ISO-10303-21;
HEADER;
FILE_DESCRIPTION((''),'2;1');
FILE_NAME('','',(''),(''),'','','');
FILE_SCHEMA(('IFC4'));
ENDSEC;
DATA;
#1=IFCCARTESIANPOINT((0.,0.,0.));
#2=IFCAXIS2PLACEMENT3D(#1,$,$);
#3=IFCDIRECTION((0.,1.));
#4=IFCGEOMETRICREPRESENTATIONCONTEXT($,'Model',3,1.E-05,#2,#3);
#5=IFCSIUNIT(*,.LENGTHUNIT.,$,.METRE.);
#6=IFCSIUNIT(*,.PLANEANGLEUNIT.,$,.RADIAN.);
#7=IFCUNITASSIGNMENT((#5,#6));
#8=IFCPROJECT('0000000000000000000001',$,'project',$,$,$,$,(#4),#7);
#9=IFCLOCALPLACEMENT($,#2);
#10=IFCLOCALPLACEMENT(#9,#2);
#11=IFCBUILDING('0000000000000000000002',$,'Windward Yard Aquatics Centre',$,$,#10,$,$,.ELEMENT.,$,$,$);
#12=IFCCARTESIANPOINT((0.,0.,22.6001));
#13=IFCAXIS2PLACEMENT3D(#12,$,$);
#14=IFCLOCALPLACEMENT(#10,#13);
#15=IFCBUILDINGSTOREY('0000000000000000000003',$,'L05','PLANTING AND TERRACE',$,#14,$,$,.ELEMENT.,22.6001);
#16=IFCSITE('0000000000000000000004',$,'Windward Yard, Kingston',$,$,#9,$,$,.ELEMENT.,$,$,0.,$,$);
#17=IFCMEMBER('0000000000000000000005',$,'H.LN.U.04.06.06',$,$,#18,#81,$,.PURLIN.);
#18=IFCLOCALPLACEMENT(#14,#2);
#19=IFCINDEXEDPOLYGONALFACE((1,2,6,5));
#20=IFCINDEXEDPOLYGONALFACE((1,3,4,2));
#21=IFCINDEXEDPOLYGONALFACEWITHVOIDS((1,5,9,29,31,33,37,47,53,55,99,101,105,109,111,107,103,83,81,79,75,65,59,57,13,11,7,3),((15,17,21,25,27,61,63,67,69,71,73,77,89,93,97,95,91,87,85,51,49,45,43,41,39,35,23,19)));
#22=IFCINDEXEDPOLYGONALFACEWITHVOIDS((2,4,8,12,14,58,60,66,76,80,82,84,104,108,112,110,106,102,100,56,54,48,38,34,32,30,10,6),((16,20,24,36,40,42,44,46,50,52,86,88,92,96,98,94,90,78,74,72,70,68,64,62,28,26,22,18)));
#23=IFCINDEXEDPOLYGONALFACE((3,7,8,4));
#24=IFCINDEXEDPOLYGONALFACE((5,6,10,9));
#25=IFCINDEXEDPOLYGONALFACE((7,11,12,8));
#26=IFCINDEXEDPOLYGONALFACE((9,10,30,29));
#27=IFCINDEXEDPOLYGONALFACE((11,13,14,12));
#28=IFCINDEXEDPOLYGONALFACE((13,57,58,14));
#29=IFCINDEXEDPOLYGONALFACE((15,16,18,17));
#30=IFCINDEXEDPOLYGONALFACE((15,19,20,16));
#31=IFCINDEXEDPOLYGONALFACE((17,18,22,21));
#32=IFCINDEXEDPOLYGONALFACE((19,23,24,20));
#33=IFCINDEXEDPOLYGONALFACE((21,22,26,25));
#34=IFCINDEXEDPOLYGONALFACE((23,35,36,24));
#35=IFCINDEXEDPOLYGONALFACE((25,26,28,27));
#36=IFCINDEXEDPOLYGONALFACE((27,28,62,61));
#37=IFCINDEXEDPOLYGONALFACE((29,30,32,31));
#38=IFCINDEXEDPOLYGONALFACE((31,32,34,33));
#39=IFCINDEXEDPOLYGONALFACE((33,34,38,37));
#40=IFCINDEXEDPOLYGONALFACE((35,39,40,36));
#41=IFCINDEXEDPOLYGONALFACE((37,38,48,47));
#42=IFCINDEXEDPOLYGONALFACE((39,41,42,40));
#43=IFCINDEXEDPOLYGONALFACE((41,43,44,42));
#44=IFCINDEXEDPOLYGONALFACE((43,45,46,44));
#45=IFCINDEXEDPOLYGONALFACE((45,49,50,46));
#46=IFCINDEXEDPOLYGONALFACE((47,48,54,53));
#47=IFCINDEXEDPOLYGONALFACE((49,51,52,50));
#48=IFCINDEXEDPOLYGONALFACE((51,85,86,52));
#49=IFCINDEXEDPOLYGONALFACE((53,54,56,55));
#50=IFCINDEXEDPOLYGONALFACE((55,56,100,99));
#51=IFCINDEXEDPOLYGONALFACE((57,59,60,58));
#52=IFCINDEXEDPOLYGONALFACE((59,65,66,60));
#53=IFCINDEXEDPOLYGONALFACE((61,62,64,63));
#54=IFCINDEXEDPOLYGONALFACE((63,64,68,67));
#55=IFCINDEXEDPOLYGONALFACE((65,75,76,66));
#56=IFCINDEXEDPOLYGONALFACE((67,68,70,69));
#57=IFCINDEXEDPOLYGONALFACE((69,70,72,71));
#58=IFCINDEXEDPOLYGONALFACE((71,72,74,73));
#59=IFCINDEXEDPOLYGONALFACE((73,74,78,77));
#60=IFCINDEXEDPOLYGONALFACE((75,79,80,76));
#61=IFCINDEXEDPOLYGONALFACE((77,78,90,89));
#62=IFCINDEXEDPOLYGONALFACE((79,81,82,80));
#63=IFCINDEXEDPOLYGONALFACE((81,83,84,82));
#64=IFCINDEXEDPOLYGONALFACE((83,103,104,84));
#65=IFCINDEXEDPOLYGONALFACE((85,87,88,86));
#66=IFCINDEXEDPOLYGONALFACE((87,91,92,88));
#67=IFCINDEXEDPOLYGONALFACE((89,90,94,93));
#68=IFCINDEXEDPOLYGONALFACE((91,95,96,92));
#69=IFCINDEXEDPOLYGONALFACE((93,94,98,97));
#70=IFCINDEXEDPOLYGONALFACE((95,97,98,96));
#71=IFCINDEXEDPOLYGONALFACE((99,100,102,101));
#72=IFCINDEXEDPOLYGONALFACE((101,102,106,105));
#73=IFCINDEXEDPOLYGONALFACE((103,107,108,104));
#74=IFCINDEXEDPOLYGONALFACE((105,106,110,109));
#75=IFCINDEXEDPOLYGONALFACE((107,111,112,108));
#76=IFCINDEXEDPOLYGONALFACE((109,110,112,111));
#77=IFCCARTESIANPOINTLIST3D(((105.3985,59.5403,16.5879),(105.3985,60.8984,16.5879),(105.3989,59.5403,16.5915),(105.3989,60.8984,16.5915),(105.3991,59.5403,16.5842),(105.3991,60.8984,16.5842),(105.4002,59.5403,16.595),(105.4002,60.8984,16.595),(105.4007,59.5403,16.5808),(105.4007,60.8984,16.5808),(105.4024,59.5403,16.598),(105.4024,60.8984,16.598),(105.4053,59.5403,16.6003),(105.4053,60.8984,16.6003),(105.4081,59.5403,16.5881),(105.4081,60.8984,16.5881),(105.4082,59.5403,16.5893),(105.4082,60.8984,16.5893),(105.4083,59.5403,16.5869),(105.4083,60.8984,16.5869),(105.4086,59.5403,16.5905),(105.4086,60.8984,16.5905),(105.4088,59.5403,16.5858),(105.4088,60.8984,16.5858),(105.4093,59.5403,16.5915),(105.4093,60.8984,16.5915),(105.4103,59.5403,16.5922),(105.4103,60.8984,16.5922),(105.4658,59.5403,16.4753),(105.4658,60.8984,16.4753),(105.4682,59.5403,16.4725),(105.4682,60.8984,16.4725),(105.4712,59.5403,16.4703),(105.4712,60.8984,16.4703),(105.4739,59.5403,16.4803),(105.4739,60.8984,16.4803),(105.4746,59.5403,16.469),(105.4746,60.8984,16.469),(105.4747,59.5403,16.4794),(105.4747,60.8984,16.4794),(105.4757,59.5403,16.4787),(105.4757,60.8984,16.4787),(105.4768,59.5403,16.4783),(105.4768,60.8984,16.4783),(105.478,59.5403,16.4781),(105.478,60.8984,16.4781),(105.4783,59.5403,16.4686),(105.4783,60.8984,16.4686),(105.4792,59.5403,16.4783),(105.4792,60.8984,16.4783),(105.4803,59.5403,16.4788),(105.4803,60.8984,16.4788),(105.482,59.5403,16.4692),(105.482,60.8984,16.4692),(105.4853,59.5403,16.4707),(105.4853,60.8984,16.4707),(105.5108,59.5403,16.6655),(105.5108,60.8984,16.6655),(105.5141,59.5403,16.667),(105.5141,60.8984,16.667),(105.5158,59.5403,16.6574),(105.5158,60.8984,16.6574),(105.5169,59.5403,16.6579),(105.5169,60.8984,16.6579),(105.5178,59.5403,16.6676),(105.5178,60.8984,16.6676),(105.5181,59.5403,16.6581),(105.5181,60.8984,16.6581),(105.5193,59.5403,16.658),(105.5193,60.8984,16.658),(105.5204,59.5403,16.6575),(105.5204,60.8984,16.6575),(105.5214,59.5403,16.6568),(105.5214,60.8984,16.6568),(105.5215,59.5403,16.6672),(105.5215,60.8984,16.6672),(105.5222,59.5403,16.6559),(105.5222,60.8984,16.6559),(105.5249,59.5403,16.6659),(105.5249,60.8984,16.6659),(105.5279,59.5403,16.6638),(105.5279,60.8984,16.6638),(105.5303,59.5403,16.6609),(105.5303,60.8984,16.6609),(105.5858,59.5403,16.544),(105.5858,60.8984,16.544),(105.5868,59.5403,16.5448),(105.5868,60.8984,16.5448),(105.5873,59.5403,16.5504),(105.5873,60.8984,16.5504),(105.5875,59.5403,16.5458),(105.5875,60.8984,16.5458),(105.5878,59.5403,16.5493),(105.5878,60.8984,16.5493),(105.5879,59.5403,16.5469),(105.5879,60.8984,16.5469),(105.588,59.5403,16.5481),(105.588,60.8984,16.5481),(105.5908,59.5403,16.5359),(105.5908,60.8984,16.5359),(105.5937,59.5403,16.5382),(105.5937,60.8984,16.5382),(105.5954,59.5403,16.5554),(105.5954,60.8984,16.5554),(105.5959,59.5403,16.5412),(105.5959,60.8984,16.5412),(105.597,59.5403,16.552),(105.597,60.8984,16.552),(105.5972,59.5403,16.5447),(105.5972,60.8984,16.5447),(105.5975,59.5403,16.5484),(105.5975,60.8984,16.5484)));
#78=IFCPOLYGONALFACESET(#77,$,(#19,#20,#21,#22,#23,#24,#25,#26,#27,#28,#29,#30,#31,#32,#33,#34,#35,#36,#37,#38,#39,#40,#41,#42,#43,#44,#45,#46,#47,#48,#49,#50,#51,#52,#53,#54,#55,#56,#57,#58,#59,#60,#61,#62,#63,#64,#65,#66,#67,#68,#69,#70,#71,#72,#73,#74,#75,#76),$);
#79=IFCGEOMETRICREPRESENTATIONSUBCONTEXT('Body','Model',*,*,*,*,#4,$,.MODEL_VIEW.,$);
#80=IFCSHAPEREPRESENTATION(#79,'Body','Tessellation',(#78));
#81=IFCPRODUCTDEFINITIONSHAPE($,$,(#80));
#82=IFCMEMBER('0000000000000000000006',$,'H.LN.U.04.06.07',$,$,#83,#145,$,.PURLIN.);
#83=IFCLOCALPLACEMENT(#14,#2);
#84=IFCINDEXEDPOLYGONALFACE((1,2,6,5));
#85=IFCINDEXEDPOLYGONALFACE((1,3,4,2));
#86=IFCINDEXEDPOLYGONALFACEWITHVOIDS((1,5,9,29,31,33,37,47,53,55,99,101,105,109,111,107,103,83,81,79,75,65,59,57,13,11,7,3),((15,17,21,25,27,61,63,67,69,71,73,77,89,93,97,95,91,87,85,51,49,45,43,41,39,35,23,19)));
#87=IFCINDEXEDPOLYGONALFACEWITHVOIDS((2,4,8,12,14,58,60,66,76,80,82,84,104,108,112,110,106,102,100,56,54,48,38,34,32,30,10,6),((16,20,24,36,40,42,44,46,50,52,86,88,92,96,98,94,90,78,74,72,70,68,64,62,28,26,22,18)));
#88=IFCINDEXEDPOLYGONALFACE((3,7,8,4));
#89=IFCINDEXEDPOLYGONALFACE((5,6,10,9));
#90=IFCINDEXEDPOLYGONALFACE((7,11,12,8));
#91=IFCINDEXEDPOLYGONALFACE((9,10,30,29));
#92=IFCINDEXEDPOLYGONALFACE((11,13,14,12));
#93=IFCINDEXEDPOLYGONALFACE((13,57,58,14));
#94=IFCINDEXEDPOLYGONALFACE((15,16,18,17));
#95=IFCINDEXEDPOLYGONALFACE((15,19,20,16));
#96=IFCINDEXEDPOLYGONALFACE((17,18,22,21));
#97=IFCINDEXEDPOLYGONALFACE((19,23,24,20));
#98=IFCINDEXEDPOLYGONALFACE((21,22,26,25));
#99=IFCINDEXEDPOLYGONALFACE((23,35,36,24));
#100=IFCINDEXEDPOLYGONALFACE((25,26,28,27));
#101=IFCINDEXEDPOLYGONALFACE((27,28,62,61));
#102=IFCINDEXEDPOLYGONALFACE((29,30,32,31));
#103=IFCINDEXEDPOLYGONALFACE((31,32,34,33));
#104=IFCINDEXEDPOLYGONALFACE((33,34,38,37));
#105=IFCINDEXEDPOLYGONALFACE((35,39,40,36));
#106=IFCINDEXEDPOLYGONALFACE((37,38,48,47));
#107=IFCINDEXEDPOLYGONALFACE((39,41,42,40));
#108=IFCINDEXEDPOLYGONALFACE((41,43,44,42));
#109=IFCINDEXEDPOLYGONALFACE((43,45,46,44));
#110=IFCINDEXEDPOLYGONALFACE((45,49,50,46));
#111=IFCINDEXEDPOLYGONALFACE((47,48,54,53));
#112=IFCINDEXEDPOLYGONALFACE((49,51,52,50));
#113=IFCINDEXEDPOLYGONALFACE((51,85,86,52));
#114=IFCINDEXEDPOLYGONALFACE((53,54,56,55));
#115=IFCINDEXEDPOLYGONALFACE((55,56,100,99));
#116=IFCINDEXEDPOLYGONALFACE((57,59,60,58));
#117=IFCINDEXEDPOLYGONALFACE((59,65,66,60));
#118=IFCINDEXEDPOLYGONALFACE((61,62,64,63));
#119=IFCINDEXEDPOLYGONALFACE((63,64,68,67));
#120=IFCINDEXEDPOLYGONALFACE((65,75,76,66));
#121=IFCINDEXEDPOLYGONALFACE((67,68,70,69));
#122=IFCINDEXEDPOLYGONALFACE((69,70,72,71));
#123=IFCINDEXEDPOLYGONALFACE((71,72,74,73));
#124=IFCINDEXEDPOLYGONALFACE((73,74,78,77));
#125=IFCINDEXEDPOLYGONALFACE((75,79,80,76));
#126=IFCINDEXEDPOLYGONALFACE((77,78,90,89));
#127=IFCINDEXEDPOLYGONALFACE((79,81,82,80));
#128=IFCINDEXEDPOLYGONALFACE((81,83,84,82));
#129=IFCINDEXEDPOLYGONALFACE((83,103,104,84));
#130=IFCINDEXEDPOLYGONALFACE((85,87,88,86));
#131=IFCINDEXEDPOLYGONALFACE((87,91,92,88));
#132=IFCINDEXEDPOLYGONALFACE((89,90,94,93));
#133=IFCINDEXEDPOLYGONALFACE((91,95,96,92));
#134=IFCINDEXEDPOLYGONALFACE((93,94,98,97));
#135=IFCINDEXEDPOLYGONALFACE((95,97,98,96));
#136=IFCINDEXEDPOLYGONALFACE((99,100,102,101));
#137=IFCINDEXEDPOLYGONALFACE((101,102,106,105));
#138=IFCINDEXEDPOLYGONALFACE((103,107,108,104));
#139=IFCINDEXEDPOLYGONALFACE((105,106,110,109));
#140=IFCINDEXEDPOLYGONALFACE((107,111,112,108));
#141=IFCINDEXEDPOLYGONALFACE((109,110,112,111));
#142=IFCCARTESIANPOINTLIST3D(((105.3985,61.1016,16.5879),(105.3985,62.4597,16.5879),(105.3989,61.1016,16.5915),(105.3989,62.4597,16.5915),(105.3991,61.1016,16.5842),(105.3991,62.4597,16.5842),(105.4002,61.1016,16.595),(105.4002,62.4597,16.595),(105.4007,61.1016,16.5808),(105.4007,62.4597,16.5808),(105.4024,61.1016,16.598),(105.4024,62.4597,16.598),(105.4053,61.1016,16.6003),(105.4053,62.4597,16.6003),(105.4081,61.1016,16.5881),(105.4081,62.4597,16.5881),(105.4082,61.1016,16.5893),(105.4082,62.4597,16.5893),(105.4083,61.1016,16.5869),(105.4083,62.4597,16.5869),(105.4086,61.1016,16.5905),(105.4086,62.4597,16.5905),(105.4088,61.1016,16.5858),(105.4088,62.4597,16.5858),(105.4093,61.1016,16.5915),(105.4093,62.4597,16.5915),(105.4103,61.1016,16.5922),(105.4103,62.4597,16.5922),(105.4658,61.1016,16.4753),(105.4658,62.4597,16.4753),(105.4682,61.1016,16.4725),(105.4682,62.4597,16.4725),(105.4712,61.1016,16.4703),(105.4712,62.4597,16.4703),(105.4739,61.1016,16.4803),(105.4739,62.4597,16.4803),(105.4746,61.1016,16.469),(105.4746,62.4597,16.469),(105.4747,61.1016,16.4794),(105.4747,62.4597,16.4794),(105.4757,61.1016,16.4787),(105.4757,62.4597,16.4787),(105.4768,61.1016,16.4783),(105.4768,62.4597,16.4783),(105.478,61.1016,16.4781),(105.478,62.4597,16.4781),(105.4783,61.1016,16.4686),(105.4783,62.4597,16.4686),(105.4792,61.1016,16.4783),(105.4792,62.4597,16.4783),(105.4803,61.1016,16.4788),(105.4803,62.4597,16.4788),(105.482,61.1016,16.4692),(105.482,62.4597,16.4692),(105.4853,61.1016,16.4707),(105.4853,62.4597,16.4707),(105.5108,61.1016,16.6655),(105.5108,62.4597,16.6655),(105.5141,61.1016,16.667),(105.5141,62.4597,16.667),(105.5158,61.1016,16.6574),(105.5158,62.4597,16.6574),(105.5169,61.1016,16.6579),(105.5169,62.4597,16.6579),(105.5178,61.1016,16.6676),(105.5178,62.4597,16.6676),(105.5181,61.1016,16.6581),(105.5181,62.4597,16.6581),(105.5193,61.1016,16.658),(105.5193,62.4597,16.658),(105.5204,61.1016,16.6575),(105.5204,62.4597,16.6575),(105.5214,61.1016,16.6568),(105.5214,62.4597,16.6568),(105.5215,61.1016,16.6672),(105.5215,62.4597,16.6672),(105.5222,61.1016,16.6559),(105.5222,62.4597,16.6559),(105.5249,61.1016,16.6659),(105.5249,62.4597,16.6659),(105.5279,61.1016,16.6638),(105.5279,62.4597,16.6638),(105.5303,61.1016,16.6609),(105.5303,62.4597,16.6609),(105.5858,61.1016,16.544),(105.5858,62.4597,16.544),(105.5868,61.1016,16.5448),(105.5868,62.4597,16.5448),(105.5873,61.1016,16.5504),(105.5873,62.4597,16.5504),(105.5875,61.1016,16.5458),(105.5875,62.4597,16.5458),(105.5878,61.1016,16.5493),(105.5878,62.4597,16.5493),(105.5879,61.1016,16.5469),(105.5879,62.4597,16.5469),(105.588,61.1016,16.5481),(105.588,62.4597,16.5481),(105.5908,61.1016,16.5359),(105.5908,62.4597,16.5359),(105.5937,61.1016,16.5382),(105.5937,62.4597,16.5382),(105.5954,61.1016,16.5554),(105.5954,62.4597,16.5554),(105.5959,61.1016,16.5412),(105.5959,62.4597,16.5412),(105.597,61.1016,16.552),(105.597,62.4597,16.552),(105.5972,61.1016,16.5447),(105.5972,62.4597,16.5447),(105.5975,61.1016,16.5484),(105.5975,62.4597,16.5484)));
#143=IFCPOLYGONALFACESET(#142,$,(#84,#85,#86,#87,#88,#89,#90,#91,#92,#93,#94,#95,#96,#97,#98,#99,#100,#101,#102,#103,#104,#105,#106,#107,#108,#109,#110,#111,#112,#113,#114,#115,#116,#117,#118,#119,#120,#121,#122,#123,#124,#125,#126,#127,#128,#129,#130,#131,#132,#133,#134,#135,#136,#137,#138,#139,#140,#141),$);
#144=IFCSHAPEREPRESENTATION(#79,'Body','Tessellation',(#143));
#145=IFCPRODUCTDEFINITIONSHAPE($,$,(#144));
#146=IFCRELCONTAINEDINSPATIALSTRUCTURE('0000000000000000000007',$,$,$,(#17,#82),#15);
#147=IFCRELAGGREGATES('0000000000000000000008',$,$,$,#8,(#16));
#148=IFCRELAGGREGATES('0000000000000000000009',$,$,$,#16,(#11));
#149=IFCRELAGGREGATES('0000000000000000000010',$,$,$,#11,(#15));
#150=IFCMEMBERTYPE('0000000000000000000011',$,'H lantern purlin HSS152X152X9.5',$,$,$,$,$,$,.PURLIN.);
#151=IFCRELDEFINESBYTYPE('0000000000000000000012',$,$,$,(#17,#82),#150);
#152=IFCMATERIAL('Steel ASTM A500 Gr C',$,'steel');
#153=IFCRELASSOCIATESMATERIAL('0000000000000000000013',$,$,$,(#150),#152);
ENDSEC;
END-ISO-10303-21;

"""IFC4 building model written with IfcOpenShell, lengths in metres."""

from ifc_helpers import new_model, si_unit, direction, frame, origin, origin_2d, place, context, subcontext, project, spatial, hollow_rectangle, extrude, material, material_profile, profile_set, type_object, element, save


model = new_model("IFC4")

# Units and contexts
model_context = context("Model", 3, precision=1e-05, world=origin(), true_north=direction((0.0, 1.0)))
body_context = subcontext(model_context, "Body", "Model", "MODEL_VIEW")
ifc_project = project(units=[si_unit("LENGTHUNIT", "METRE"), si_unit("PLANEANGLEUNIT", "RADIAN")], contexts=[model_context])

# Site, building, storey
site_placement = place(None, origin())
site = spatial("IfcSite", under=ifc_project, at=site_placement, Name="Windward Yard, Kingston", CompositionType="ELEMENT", RefElevation=0.0)
building_placement = place(site_placement, origin())
building = spatial("IfcBuilding", under=site, at=building_placement, Name="Windward Yard Aquatics Centre", CompositionType="ELEMENT")
storey_placement = place(building_placement, frame((0.0, 0.0, 22.6001)))
storey = spatial("IfcBuildingStorey", under=building, at=storey_placement, Name="L05", Description="PLANTING AND TERRACE", CompositionType="ELEMENT", Elevation=22.6001)

# Members
ifc_material_1 = material(Name="Steel ASTM A500 Gr C", Category="steel")
ifc_material_profile = material_profile(ifc_material_1, hollow_rectangle(XDim=0.1523, YDim=0.1523, WallThickness=0.0095, InnerFilletRadius=0.0046, OuterFilletRadius=0.0142, at=origin_2d()), Name="HSS152X152X9.5")
ifc_profile_set = profile_set([ifc_material_profile], Name="Steel ASTM A500 Gr C")
member_type = type_object("IfcMemberType", Name="H lantern purlin HSS152X152X9.5", PredefinedType="PURLIN", material=ifc_profile_set)
for number, where, z_axis, x_axis, name in (
    (1, (105.498, 59.5403, 16.5681), (0.0, 1.0, 0.0), (-0.850755, 0.0, -0.525562), "H.LN.U.04.06.06"),
    (2, (105.498, 61.1016, 16.5681), (0.0, 1.0, 0.0), (-0.850755, 0.0, -0.525562), "H.LN.U.04.06.07"),
):
    element("IfcMember", number, at=place(storey_placement, frame(where, z_axis=z_axis, x_axis=x_axis)), inside=storey, type_object=member_type, Name=name, PredefinedType="PURLIN", context=body_context, shape_type="SweptSolid", body=[
        extrude(hollow_rectangle(XDim=0.1523, YDim=0.1523, WallThickness=0.0095, InnerFilletRadius=0.0046, OuterFilletRadius=0.0142, at=origin_2d()), origin(), (0.0, 0.0, 1.0), 1.3582),
    ])

save(model, "model.ifc")
